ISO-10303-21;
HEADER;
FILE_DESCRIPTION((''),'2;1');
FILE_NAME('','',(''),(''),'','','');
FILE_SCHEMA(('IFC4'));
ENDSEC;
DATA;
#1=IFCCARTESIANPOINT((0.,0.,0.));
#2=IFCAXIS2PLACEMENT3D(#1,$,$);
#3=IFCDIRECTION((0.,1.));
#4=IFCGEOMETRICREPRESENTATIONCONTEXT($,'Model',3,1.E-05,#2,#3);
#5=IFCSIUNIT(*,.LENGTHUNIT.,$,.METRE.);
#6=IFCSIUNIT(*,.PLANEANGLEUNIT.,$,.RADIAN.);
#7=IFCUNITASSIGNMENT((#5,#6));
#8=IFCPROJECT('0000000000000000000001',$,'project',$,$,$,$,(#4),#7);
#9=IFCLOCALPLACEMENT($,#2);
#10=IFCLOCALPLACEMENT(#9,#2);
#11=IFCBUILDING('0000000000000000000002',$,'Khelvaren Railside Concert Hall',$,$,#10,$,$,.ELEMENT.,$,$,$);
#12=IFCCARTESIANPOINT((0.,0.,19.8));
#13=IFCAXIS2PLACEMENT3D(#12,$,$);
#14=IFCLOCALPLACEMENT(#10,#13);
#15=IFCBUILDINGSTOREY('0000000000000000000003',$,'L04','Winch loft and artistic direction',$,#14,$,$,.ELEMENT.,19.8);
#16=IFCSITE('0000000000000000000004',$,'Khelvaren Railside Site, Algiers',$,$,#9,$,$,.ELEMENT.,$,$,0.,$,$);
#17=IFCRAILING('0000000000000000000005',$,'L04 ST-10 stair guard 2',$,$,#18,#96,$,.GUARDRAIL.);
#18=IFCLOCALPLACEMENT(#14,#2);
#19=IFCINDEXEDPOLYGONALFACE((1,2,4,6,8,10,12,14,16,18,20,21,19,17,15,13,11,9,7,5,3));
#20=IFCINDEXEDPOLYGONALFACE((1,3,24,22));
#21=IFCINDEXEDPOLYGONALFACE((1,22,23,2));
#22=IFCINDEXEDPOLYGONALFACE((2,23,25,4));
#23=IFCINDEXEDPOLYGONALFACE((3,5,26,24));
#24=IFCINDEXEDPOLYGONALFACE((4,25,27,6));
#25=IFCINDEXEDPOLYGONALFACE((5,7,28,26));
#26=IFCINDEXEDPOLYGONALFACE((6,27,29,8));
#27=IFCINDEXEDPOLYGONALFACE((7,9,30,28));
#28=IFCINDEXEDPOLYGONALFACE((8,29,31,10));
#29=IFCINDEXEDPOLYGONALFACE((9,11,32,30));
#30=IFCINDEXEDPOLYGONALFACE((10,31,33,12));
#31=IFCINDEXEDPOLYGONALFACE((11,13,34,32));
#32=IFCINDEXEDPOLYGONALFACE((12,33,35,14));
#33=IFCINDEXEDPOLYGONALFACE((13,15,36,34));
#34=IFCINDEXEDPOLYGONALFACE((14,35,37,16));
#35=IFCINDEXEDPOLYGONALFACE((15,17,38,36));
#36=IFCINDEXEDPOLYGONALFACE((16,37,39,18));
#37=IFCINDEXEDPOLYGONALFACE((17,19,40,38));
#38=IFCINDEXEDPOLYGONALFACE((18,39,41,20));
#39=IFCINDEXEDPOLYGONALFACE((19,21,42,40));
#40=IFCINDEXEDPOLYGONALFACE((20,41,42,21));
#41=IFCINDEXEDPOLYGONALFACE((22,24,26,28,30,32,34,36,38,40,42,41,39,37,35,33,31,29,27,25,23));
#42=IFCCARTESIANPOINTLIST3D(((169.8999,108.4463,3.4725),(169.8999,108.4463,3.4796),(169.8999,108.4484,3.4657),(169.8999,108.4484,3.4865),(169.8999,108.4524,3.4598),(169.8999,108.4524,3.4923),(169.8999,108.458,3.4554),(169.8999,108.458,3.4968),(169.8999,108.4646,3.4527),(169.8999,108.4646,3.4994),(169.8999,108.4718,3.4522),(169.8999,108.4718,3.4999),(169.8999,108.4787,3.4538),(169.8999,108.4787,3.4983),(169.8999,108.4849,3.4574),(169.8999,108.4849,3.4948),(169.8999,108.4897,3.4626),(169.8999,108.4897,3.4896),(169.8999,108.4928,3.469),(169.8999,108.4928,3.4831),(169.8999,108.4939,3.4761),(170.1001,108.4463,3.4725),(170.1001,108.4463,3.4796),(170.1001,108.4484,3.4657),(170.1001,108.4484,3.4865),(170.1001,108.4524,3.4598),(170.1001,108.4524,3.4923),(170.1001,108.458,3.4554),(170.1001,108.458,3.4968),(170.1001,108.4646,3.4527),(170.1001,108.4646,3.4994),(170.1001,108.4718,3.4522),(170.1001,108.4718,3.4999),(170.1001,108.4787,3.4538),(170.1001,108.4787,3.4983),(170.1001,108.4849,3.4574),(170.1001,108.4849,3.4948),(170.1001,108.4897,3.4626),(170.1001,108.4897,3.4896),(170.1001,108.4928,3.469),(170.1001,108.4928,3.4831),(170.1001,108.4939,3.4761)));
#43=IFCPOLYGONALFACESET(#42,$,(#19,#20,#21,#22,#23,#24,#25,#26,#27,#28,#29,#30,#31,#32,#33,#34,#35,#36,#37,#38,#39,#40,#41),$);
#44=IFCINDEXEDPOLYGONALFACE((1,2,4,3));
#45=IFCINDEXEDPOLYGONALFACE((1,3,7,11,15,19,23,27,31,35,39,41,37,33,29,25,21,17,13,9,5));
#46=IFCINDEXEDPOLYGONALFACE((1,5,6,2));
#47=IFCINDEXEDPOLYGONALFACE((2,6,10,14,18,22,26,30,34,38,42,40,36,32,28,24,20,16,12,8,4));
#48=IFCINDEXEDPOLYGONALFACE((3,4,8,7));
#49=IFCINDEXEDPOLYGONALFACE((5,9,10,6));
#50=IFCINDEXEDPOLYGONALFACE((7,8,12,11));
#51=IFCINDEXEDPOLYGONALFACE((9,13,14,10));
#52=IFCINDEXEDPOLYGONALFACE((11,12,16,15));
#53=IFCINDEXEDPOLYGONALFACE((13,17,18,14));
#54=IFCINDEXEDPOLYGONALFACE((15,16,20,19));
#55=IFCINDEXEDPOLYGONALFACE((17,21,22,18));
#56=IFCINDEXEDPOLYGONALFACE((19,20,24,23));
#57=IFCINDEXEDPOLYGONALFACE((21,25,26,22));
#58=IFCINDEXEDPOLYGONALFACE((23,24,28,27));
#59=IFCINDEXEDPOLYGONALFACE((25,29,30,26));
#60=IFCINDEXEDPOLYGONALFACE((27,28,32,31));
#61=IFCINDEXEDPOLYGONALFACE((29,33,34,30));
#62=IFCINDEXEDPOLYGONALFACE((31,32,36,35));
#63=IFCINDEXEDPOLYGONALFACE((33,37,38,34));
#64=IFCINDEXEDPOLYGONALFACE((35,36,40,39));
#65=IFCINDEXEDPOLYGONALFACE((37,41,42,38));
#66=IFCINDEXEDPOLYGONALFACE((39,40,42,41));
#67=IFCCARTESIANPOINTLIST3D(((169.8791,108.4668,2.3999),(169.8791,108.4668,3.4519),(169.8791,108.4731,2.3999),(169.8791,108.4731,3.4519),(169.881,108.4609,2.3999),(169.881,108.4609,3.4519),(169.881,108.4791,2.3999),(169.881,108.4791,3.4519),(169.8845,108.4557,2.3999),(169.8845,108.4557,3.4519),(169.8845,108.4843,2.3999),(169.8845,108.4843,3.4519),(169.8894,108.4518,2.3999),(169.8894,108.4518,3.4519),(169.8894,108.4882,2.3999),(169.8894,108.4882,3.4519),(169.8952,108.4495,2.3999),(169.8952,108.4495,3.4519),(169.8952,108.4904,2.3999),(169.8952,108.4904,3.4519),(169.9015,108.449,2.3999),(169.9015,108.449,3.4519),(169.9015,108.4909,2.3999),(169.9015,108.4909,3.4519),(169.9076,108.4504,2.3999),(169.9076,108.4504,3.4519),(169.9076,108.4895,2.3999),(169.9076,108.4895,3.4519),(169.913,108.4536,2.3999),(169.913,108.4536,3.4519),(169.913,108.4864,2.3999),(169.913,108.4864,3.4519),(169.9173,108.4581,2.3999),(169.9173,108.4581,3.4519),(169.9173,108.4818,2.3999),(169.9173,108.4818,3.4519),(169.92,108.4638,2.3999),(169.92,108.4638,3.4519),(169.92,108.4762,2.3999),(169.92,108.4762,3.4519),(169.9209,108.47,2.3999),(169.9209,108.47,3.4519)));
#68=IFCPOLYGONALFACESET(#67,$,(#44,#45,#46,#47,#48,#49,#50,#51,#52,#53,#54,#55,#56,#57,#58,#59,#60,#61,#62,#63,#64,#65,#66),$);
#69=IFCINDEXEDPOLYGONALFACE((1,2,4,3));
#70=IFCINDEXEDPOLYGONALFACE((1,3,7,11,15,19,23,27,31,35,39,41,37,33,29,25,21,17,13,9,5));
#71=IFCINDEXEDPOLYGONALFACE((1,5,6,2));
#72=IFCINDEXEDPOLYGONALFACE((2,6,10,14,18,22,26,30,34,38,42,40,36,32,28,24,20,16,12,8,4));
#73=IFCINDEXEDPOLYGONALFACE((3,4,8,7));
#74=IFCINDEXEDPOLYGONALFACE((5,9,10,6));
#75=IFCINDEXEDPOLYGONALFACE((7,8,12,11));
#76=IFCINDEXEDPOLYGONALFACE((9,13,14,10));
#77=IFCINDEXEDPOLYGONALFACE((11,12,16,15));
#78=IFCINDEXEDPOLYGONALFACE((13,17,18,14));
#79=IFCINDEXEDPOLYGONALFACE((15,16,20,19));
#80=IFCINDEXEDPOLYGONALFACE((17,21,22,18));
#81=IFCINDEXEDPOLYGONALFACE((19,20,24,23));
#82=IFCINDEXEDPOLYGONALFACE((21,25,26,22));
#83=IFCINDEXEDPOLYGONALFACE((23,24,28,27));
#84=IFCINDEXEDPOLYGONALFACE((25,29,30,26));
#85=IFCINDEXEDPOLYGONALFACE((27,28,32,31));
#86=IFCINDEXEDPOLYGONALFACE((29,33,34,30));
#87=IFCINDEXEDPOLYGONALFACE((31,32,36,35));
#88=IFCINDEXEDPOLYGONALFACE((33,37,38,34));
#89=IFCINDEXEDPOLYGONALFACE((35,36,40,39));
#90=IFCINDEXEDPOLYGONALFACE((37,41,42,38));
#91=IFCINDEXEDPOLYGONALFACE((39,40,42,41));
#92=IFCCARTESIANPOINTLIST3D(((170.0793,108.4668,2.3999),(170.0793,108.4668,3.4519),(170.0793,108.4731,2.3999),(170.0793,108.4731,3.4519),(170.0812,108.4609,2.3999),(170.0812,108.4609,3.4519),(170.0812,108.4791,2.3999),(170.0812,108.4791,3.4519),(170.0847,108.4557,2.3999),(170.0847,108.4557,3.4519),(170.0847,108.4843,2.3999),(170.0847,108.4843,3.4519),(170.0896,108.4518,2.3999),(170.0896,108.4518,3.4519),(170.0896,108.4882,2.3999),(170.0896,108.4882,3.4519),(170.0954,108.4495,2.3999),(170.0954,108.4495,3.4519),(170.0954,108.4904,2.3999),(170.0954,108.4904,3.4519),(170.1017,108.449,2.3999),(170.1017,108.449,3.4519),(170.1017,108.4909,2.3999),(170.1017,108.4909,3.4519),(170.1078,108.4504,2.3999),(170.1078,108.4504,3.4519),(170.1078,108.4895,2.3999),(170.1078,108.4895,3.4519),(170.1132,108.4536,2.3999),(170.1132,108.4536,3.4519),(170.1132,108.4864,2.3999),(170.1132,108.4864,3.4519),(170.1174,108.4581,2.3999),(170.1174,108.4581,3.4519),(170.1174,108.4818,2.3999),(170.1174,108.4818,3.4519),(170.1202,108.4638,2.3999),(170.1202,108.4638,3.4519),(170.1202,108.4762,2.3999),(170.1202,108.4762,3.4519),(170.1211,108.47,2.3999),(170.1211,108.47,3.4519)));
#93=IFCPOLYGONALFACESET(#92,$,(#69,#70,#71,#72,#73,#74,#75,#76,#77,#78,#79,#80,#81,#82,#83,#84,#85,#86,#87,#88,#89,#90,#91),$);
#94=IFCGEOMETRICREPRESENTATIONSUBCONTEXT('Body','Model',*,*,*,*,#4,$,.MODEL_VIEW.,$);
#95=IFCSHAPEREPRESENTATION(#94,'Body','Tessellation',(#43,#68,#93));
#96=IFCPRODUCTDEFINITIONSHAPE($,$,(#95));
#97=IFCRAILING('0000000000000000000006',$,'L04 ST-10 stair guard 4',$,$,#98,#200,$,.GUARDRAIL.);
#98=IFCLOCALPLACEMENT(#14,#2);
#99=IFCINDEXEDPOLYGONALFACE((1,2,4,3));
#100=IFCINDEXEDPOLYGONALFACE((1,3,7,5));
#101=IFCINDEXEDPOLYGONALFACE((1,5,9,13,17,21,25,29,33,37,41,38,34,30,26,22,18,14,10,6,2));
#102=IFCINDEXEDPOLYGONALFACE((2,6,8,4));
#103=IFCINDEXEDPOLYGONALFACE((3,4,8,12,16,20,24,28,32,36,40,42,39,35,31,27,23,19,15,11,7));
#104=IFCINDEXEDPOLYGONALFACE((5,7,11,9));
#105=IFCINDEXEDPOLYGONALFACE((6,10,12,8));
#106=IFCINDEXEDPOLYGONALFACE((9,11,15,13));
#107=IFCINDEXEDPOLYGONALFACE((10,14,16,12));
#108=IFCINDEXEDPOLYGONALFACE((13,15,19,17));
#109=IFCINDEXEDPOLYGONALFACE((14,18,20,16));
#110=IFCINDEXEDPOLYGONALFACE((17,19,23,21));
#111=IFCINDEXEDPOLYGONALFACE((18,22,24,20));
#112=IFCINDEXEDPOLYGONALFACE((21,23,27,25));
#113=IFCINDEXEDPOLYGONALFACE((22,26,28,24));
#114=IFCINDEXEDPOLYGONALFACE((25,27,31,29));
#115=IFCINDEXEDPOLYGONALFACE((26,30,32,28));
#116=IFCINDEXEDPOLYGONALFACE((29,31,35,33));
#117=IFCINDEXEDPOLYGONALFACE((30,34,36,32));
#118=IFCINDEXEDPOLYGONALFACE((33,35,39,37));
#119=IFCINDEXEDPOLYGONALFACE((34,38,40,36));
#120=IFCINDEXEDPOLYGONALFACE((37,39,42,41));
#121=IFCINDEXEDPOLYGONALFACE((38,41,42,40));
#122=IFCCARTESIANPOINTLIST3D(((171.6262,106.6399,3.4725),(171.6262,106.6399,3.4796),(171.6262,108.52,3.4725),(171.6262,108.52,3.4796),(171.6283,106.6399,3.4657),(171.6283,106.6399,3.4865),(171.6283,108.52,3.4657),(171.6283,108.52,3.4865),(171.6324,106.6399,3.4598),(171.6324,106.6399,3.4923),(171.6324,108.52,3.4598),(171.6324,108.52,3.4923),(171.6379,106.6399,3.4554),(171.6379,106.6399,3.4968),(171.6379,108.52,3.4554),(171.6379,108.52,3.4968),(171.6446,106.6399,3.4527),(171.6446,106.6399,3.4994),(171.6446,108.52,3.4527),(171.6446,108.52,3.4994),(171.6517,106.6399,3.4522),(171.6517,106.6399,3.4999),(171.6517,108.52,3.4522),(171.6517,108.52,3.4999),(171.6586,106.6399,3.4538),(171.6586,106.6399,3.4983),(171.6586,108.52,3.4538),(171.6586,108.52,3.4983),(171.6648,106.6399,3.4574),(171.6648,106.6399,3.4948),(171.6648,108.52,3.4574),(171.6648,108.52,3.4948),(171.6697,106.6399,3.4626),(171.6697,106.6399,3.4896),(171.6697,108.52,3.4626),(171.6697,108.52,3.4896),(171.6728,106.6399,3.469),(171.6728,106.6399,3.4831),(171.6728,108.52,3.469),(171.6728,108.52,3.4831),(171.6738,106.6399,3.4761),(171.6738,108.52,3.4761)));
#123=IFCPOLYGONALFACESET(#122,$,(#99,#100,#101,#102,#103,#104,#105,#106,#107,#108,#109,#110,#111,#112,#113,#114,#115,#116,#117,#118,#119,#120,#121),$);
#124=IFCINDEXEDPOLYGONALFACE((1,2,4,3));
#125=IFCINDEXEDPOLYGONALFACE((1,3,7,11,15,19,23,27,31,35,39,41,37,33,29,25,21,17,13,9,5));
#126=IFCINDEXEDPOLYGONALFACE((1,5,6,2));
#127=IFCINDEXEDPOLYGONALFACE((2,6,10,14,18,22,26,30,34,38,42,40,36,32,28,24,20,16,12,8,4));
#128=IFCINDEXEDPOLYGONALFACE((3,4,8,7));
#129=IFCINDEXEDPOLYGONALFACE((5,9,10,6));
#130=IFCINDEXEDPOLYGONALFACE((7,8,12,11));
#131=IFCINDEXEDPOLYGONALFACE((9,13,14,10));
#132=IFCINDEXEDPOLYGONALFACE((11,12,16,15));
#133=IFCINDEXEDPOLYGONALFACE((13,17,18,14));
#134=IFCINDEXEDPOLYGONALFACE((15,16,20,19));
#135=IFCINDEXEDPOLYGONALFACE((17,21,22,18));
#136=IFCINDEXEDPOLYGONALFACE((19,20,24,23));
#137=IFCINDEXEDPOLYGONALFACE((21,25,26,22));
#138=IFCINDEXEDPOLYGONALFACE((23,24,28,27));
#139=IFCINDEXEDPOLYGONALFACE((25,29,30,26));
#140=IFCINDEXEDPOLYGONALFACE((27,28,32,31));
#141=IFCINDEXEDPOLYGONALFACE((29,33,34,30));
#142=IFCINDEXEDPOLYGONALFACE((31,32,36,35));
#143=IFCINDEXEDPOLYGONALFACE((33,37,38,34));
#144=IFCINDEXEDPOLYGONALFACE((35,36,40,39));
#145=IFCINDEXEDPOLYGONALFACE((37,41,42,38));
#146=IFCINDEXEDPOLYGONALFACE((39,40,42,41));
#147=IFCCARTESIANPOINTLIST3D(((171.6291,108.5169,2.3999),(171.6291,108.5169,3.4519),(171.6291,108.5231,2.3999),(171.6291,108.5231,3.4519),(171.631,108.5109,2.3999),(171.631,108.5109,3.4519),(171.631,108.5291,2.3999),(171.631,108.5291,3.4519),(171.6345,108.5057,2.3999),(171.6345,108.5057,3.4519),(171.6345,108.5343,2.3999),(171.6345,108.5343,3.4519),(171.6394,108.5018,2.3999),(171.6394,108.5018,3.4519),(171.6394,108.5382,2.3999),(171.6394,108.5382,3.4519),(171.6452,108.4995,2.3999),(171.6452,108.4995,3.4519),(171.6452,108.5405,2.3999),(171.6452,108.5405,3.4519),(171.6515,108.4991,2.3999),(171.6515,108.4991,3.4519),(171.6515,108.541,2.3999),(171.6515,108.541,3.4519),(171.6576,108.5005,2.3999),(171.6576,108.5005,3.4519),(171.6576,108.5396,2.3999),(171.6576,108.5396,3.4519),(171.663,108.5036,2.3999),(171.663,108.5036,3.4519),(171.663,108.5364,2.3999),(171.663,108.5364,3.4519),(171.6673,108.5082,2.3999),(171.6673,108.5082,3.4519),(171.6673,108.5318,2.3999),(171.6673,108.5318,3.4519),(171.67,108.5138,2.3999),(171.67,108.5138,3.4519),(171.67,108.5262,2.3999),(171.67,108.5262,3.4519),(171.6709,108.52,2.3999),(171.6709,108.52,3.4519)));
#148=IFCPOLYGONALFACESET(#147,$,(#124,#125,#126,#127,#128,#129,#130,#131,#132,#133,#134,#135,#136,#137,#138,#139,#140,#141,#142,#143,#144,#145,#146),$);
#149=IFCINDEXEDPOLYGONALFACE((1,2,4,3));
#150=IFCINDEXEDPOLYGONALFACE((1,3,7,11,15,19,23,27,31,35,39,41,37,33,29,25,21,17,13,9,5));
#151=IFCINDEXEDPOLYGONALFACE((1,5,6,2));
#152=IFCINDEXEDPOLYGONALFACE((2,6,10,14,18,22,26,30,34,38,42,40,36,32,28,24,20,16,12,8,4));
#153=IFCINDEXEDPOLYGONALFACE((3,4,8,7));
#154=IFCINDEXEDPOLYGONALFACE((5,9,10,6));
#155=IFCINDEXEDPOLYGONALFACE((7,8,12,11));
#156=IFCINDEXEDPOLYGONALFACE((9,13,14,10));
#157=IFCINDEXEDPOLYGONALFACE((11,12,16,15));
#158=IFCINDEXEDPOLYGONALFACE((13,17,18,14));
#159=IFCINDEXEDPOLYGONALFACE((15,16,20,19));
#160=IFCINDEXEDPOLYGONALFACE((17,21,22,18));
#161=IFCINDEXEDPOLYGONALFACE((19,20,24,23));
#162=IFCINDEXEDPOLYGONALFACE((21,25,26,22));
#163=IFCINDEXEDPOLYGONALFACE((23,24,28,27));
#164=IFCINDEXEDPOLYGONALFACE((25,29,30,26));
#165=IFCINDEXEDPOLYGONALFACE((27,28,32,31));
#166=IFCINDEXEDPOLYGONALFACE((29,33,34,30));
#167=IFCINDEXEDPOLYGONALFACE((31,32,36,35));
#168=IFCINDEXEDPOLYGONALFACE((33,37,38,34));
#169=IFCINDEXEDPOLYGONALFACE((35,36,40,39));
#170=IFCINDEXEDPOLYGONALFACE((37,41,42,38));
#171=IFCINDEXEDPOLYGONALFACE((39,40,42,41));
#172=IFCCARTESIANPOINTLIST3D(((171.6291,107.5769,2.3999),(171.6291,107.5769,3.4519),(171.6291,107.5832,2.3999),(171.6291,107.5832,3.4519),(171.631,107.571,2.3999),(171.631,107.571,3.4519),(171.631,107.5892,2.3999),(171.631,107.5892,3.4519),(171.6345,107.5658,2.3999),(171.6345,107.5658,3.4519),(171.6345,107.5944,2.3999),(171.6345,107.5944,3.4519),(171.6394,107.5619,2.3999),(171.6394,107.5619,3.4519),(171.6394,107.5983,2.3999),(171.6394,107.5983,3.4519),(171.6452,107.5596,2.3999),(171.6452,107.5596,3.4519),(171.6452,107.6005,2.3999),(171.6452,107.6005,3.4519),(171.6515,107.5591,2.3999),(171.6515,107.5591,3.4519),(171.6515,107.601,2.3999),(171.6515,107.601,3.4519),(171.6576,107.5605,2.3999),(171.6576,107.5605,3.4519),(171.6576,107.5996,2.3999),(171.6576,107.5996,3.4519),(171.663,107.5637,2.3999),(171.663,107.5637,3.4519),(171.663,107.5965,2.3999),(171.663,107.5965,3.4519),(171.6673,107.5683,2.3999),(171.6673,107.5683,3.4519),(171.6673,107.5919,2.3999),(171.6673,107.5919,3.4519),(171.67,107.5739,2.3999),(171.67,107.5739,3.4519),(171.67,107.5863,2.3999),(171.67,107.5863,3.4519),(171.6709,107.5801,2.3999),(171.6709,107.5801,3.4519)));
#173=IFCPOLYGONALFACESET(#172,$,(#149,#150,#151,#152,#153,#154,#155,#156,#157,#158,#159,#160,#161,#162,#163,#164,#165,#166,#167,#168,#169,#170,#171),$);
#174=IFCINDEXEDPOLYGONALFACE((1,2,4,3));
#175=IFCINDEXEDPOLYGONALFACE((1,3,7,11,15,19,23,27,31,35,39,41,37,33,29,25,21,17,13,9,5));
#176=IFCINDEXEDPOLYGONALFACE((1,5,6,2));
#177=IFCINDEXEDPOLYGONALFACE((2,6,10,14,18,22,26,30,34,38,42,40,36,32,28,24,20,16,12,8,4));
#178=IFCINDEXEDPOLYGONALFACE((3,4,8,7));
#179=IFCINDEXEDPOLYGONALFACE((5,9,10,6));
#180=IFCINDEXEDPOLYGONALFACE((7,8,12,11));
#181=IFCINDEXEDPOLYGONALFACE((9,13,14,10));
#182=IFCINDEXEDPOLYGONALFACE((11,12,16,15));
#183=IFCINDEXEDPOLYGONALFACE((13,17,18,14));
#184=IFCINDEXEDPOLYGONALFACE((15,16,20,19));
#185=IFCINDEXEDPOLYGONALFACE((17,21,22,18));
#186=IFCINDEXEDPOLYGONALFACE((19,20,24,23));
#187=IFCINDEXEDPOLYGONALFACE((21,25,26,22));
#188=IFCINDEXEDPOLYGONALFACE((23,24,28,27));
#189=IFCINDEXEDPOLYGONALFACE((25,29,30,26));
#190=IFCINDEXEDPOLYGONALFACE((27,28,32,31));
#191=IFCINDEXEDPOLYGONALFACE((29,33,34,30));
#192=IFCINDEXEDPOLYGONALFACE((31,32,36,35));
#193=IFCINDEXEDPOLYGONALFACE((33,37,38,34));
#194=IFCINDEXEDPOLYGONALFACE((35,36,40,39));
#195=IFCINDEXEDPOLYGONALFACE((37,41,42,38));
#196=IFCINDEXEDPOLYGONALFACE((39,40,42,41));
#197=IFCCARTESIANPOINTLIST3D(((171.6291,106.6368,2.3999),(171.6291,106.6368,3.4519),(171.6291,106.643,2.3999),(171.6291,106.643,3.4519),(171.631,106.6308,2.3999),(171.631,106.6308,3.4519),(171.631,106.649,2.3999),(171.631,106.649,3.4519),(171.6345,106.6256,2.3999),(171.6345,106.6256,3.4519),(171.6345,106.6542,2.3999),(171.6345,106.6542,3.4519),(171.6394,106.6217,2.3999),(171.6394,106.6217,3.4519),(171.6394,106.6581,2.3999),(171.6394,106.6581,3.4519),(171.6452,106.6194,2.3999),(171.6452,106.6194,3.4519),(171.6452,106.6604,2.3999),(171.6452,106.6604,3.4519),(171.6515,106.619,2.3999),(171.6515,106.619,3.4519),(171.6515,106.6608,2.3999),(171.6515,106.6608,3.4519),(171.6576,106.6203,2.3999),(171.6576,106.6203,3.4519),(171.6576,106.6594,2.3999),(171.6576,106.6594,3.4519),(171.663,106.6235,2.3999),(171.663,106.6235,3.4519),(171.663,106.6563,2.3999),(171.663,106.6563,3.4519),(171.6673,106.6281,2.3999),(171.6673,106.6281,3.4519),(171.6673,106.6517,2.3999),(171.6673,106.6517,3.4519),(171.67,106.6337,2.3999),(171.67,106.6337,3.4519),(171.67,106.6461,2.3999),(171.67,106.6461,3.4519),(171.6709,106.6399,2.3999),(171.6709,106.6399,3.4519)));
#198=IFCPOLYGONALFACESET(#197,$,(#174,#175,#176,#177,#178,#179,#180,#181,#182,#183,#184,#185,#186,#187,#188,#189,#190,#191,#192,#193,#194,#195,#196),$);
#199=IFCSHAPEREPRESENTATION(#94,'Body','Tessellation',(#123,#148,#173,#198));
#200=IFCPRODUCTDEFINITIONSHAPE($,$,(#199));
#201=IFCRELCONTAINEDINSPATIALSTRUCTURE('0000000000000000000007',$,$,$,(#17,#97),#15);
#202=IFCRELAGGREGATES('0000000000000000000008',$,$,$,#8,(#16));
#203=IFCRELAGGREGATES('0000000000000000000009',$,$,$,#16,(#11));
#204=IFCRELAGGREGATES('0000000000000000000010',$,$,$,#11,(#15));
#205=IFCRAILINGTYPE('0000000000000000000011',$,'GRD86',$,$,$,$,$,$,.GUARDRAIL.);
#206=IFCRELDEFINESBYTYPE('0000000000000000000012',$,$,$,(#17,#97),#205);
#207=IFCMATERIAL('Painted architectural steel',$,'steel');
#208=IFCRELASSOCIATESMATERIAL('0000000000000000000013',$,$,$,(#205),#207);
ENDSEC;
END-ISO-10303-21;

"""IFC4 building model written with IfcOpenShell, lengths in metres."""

from ifc_helpers import new_model, si_unit, direction, frame, origin, origin_2d, place, context, subcontext, project, spatial, circle, extrude, material, type_object, element, save


model = new_model("IFC4")

# Units and contexts
model_context = context("Model", 3, precision=1e-05, world=origin(), true_north=direction((0.0, 1.0)))
body_context = subcontext(model_context, "Body", "Model", "MODEL_VIEW")
ifc_project = project(units=[si_unit("LENGTHUNIT", "METRE"), si_unit("PLANEANGLEUNIT", "RADIAN")], contexts=[model_context])

# Site, building, storey
site_placement = place(None, origin())
site = spatial("IfcSite", under=ifc_project, at=site_placement, Name="Khelvaren Railside Site, Algiers", CompositionType="ELEMENT", RefElevation=0.0)
building_placement = place(site_placement, origin())
building = spatial("IfcBuilding", under=site, at=building_placement, Name="Khelvaren Railside Concert Hall", CompositionType="ELEMENT")
storey_placement = place(building_placement, frame((0.0, 0.0, 19.8)))
storey = spatial("IfcBuildingStorey", under=building, at=storey_placement, Name="L04", Description="Winch loft and artistic direction", CompositionType="ELEMENT", Elevation=19.8)

# Railings
ifc_material_1 = material(Name="Painted architectural steel", Category="steel")
railing_type_1 = type_object("IfcRailingType", Name="GRD86", PredefinedType="GUARDRAIL", material=ifc_material_1)
railing_1_placement = place(storey_placement, frame((169.8999, 108.47, 2.3999)))
element("IfcRailing", 1, at=railing_1_placement, inside=storey, type_object=railing_type_1, Name="L04 ST-10 stair guard 2", PredefinedType="GUARDRAIL", context=body_context, shape_type="SweptSolid", body=[
    extrude(circle(Radius=0.0239, at=origin_2d()), frame((0.0, 0.0, 1.0762), z_axis=(1.0, 0.0, 0.0), x_axis=(0.0, 1.0, 0.0)), (0.0, 0.0, 1.0), 0.2002),
    extrude(circle(Radius=0.021, at=origin_2d()), origin(), (0.0, 0.0, 1.0), 1.052),
    extrude(circle(Radius=0.021, at=origin_2d()), frame((0.2002, 0.0, 0.0)), (0.0, 0.0, 1.0), 1.052),
])
railing_2_placement = place(storey_placement, frame((171.6499, 108.52, 2.3999)))
element("IfcRailing", 2, at=railing_2_placement, inside=storey, type_object=railing_type_1, Name="L04 ST-10 stair guard 4", PredefinedType="GUARDRAIL", context=body_context, shape_type="SweptSolid", body=[
    extrude(circle(Radius=0.0239, at=origin_2d()), frame((0.0, 0.0, 1.0762), z_axis=(0.0, -1.0, 0.0), x_axis=(1.0, 0.0, 0.0)), (0.0, 0.0, 1.0), 1.8801),
    extrude(circle(Radius=0.021, at=origin_2d()), origin(), (0.0, 0.0, 1.0), 1.052),
    extrude(circle(Radius=0.021, at=origin_2d()), frame((0.0, -0.9399, 0.0)), (0.0, 0.0, 1.0), 1.052),
    extrude(circle(Radius=0.021, at=origin_2d()), frame((0.0, -1.8801, 0.0)), (0.0, 0.0, 1.0), 1.052),
])

save(model, "model.ifc")
